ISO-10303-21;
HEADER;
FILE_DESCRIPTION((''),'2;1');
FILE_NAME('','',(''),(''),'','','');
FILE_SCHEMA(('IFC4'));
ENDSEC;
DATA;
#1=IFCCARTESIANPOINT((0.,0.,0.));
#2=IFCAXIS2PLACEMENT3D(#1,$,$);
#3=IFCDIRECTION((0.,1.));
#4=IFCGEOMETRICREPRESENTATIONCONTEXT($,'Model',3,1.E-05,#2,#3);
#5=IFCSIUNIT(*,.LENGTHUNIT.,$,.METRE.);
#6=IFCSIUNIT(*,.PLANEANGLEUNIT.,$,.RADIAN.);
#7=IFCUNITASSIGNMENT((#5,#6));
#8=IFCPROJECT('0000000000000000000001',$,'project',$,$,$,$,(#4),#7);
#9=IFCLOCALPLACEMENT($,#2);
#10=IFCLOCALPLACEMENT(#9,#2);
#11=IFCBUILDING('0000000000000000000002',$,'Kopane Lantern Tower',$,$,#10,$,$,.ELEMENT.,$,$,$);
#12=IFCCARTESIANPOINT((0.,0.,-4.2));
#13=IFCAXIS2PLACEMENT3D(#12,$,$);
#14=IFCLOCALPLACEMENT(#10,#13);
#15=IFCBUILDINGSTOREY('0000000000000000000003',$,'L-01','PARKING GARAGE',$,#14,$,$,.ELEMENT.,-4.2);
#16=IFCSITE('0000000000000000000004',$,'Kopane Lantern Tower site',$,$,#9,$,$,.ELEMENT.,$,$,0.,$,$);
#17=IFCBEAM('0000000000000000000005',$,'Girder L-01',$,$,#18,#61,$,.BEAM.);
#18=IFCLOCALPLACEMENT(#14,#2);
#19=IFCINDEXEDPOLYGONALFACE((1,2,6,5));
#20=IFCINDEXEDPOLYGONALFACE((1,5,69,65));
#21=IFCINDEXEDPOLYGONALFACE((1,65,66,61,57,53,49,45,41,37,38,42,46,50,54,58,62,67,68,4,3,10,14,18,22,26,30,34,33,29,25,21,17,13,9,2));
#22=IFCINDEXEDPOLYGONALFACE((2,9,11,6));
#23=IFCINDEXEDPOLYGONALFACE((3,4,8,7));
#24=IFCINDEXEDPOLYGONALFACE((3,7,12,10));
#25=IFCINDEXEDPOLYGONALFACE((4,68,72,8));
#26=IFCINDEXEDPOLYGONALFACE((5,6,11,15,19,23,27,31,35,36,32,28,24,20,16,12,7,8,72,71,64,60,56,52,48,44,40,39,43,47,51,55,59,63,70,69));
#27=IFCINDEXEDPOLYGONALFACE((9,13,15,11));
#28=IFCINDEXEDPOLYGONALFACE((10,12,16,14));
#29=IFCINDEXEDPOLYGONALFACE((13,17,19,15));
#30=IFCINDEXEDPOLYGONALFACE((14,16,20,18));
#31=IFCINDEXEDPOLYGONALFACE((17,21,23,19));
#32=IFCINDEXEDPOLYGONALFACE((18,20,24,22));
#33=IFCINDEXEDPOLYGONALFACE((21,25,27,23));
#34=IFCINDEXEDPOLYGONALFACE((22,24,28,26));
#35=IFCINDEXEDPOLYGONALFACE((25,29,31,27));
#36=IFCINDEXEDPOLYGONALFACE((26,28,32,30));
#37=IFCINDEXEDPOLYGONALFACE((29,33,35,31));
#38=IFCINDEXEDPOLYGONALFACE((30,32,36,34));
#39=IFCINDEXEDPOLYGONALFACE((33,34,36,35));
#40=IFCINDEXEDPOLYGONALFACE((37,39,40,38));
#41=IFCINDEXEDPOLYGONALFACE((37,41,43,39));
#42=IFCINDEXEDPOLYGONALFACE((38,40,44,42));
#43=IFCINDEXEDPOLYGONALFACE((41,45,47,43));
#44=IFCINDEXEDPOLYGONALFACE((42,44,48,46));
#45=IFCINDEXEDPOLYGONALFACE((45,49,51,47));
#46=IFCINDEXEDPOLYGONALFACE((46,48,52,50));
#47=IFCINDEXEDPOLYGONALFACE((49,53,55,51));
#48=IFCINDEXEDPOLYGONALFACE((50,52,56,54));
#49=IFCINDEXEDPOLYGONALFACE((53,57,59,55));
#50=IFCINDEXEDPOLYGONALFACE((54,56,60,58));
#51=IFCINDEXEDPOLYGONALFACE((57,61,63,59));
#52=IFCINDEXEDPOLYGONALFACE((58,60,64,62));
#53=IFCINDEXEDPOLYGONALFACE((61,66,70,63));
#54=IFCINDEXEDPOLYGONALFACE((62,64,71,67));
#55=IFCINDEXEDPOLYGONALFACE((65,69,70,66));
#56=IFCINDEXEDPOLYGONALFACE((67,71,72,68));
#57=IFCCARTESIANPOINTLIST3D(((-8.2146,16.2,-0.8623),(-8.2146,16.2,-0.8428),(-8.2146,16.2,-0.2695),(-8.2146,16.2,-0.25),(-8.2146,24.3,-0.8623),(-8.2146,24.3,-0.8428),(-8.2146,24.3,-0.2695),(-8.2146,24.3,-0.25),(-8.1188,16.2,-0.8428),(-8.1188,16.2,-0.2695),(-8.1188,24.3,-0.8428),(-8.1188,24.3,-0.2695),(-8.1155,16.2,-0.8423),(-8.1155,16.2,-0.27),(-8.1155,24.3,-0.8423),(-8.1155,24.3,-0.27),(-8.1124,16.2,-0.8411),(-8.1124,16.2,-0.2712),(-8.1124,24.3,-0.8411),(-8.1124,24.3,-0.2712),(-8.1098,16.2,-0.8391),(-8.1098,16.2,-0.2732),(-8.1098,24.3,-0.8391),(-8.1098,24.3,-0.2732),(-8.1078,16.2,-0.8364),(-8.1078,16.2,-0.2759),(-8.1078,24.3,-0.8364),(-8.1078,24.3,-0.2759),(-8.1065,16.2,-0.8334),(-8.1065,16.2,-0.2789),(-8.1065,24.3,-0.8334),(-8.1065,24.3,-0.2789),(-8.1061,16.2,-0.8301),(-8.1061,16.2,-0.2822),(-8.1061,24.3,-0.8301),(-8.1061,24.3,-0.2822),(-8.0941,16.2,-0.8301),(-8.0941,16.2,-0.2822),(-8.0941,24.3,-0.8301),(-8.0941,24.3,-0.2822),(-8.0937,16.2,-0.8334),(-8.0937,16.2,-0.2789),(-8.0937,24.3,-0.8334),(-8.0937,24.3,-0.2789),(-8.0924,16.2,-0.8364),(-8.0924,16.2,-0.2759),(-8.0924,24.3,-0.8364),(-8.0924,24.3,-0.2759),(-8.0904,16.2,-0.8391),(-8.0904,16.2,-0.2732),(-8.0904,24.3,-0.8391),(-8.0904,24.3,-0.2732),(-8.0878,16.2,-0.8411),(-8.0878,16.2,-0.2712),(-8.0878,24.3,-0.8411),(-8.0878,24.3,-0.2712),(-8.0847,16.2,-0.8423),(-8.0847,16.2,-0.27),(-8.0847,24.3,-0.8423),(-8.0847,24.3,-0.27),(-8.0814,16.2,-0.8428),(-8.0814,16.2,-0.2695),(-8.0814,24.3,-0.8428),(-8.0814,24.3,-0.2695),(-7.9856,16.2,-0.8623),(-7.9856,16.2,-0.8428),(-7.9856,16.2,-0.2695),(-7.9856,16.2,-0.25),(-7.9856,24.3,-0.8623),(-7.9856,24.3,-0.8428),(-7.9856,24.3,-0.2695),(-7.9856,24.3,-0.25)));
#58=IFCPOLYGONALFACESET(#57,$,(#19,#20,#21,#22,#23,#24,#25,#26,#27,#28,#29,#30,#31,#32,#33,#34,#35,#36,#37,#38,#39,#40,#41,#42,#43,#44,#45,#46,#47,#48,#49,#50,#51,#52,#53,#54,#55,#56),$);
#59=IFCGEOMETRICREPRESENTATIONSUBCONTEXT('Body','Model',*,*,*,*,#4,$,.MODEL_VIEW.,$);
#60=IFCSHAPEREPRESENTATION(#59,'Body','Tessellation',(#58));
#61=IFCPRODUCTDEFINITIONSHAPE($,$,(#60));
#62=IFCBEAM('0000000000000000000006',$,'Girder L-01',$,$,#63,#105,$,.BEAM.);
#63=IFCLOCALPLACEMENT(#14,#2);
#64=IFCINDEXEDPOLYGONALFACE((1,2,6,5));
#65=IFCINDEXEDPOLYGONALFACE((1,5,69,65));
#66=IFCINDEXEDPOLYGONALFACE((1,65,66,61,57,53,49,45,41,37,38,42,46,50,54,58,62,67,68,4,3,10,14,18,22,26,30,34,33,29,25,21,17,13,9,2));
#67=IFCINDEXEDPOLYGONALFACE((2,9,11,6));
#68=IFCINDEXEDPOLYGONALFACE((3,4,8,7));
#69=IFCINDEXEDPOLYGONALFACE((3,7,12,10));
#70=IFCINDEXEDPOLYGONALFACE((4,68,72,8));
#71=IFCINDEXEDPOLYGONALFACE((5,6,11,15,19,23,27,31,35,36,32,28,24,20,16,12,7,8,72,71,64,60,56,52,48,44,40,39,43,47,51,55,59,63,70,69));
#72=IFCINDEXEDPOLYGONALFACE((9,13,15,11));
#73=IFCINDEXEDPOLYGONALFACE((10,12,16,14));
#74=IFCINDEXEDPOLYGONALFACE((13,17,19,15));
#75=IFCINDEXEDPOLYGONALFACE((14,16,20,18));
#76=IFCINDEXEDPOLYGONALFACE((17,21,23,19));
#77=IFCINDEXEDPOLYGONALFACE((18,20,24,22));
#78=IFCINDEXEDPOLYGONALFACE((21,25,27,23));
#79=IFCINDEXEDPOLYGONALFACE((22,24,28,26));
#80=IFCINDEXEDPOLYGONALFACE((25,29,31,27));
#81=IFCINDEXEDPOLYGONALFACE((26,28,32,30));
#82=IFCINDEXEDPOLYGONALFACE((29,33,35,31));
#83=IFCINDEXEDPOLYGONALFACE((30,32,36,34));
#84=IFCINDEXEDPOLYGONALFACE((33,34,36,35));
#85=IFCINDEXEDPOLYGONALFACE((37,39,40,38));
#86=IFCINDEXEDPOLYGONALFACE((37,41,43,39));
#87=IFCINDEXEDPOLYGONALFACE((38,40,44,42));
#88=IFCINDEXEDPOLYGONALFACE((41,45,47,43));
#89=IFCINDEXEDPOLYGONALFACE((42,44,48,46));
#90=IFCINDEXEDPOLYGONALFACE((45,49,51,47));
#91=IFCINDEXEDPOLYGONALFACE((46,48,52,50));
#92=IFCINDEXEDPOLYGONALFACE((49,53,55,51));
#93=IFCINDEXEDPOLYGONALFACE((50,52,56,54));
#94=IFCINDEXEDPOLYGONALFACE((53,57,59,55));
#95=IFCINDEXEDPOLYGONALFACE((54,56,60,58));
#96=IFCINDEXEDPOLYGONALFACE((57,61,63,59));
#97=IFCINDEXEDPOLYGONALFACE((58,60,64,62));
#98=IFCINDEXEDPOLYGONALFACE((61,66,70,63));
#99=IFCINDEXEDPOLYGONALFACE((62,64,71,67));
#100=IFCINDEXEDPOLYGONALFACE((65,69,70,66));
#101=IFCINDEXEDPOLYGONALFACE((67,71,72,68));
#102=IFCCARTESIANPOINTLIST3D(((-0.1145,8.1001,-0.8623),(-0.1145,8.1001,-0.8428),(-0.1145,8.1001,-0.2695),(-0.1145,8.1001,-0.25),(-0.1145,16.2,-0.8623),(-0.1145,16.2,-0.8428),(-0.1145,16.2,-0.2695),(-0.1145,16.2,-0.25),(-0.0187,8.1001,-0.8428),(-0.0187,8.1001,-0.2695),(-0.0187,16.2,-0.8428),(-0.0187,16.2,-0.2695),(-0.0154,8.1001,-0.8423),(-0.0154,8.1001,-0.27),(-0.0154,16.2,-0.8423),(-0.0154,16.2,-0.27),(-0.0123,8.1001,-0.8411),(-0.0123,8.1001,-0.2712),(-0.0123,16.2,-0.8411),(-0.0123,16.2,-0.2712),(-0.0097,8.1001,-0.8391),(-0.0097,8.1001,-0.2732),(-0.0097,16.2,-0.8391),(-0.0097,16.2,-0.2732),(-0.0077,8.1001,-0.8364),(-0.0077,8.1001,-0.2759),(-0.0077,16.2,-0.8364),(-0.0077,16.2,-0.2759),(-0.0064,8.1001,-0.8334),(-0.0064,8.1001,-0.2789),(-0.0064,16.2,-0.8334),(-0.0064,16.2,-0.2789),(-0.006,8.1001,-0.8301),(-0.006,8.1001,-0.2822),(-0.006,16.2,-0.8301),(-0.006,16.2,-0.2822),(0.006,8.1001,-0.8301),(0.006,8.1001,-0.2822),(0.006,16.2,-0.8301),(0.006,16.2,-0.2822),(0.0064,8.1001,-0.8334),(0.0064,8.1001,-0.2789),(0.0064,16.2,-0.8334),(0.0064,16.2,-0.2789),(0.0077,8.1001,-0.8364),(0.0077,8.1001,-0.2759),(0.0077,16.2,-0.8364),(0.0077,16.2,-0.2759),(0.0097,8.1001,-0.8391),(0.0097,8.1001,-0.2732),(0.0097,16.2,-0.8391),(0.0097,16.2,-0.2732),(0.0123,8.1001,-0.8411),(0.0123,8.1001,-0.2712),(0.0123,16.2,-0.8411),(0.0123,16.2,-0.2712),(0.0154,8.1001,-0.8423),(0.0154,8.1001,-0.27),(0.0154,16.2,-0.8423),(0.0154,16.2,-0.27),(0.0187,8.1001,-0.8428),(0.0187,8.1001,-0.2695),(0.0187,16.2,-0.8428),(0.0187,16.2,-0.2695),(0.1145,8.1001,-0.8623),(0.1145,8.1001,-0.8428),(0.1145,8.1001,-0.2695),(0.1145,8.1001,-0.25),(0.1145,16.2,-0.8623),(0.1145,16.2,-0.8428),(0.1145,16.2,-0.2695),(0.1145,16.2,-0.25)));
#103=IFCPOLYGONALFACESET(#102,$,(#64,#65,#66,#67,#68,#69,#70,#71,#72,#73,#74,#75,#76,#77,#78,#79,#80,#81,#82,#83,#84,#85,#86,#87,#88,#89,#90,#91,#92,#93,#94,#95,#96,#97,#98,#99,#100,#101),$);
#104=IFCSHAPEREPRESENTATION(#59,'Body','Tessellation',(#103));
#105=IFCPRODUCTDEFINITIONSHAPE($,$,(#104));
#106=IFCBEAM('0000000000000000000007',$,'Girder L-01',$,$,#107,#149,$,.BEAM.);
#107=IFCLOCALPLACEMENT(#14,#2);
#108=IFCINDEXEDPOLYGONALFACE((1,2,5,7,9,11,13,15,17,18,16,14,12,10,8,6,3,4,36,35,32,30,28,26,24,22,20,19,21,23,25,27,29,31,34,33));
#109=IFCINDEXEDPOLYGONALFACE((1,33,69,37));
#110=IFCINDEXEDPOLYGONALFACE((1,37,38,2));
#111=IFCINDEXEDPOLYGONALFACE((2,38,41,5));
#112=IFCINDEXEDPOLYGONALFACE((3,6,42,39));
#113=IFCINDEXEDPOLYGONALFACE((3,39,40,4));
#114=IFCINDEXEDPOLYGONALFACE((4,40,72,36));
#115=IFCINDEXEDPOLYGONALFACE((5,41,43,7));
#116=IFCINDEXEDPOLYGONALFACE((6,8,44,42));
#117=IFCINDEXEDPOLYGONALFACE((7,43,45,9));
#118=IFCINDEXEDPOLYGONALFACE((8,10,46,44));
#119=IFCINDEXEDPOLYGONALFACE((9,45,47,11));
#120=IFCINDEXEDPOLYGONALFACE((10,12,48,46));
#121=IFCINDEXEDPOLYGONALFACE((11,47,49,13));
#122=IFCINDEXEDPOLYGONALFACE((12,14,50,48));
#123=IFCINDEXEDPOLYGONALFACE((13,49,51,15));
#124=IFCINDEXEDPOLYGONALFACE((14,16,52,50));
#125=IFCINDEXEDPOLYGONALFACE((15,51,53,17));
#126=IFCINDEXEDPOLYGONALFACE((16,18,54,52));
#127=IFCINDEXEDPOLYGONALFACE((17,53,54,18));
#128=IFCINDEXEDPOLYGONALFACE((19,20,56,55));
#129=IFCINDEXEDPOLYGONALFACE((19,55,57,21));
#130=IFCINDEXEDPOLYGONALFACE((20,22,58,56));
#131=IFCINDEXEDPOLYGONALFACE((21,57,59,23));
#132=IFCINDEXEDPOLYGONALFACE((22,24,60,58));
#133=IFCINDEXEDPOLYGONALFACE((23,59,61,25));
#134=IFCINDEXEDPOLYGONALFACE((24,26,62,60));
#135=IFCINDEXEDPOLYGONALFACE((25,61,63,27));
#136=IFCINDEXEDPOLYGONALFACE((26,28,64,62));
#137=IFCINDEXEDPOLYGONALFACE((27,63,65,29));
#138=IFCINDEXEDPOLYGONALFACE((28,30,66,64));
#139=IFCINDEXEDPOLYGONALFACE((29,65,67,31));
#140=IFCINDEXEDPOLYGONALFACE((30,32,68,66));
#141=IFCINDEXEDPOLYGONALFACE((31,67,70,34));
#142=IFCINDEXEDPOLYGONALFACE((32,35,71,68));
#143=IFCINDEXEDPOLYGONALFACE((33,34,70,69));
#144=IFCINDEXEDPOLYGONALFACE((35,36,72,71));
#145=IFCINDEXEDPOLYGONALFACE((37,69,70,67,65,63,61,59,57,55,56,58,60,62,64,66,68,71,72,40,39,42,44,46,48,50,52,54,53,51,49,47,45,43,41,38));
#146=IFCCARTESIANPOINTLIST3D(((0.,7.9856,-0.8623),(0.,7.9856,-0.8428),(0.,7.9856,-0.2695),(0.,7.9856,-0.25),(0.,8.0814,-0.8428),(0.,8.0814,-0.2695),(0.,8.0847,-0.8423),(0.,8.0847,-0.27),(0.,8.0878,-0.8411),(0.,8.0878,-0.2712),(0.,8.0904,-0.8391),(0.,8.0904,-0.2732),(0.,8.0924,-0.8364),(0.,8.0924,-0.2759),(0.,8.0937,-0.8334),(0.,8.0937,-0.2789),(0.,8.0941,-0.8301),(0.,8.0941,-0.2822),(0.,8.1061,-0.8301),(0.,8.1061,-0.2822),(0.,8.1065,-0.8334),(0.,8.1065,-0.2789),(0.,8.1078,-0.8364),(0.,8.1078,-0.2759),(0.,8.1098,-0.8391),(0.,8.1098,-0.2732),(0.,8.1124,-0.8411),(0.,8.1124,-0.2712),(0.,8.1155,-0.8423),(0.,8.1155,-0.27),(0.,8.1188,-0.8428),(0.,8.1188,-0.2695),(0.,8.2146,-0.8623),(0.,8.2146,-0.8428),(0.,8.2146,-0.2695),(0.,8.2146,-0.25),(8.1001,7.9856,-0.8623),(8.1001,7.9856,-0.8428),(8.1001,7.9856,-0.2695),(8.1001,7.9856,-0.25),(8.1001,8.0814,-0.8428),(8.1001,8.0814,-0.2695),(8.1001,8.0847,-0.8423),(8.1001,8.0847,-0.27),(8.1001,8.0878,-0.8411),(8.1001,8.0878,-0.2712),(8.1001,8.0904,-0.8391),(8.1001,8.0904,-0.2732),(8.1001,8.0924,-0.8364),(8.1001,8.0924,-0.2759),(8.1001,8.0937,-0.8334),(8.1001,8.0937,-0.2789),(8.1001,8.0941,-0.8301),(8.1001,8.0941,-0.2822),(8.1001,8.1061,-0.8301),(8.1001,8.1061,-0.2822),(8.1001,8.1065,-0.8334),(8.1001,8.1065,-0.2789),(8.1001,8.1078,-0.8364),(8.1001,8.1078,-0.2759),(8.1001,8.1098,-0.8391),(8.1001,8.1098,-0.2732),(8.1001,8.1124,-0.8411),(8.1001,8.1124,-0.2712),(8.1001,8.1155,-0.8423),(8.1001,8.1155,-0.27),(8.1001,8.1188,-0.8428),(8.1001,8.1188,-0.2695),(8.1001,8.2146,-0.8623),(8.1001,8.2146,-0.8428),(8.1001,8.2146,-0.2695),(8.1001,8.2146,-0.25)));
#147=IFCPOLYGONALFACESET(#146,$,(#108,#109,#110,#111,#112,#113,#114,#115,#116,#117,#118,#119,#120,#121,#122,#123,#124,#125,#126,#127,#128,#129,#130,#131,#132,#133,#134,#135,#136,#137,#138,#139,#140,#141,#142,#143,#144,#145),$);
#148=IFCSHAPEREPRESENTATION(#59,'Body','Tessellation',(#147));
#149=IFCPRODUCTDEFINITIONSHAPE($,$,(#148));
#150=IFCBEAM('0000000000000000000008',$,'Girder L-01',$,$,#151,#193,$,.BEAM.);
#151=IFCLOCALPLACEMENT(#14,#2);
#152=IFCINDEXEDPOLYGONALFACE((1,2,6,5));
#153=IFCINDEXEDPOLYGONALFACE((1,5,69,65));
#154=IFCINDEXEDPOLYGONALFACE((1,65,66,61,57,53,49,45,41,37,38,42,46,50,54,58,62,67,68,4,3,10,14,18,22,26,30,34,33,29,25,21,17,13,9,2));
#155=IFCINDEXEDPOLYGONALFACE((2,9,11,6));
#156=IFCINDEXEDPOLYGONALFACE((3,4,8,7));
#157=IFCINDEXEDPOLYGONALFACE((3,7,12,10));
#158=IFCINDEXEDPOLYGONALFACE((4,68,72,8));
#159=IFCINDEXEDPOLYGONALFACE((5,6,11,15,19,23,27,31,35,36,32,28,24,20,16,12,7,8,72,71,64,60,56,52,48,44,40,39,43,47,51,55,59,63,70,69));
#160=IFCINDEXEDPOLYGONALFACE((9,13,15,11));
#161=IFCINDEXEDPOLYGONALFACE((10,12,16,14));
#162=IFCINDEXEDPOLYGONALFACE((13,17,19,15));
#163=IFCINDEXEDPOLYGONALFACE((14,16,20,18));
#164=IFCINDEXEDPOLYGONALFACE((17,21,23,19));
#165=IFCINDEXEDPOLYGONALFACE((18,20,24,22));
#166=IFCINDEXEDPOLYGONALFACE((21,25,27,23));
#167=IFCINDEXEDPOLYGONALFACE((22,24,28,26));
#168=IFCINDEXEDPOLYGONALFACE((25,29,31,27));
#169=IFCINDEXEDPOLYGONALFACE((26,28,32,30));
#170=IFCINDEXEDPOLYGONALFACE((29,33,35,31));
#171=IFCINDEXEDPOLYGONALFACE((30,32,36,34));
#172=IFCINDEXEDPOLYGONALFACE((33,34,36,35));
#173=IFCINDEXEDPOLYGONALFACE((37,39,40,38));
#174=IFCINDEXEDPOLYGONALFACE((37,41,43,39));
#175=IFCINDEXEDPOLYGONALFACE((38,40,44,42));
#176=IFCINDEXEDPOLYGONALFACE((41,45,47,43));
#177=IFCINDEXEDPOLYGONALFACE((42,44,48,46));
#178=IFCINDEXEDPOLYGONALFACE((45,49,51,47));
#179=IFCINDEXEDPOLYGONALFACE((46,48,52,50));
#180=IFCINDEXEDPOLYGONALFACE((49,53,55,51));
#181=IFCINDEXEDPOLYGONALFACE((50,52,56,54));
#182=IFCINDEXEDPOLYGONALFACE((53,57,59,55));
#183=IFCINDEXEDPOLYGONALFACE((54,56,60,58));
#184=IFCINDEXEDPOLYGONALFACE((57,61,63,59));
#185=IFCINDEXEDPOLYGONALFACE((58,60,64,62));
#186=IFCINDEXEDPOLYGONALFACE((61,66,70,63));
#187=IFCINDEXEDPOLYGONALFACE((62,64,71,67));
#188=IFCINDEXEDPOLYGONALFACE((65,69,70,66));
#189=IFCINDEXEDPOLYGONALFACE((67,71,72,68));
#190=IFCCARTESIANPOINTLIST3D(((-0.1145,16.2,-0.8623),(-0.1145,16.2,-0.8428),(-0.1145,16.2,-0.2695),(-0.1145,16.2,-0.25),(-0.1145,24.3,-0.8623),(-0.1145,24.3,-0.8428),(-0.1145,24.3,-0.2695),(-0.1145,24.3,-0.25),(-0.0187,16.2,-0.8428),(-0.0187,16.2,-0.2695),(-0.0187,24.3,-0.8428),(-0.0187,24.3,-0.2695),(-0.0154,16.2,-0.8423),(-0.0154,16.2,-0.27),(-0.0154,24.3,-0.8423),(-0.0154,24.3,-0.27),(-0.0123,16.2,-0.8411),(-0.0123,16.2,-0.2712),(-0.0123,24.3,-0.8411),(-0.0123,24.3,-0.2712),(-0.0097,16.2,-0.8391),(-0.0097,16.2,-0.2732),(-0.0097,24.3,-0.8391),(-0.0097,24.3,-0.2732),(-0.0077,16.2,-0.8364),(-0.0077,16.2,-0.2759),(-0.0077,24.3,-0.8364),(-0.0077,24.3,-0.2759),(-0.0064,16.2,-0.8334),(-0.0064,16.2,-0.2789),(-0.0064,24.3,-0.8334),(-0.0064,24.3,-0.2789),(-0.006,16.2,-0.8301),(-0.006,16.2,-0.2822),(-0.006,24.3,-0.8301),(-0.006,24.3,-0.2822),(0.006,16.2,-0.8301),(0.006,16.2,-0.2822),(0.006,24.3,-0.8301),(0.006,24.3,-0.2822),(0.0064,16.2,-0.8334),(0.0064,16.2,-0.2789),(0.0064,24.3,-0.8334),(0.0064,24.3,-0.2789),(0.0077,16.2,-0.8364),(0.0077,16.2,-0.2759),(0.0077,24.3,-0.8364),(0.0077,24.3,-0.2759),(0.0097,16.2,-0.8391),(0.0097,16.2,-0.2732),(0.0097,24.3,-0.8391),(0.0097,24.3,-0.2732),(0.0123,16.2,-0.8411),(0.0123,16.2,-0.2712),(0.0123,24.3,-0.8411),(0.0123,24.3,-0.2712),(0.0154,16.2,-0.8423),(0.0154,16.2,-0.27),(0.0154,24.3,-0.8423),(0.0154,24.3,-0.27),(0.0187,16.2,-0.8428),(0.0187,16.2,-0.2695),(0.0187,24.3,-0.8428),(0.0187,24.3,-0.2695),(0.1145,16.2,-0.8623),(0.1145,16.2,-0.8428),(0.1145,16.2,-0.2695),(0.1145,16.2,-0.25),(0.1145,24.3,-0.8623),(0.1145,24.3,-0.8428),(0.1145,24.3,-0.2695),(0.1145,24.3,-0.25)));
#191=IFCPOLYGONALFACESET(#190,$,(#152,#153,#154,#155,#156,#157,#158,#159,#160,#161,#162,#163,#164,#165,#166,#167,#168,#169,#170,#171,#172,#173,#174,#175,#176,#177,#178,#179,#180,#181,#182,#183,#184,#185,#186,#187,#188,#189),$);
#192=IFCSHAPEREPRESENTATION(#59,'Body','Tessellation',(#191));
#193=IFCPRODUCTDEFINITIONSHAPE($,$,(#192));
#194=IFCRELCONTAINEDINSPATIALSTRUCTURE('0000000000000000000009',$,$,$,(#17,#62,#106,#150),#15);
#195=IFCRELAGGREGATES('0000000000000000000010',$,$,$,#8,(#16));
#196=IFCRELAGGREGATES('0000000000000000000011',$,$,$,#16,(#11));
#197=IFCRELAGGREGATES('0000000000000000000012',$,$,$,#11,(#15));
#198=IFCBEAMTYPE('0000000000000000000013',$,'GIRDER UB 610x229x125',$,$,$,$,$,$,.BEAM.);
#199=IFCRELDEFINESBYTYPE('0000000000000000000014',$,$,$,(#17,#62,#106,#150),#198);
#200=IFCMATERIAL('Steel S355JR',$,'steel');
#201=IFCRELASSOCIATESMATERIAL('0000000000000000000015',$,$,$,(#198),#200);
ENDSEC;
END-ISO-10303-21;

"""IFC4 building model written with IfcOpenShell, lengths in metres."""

from ifc_helpers import new_model, si_unit, direction, frame, origin, origin_2d, place, context, subcontext, project, spatial, i_section, extrude, material, material_profile, profile_set, type_object, element, save


model = new_model("IFC4")

# Units and contexts
model_context = context("Model", 3, precision=1e-05, world=origin(), true_north=direction((0.0, 1.0)))
body_context = subcontext(model_context, "Body", "Model", "MODEL_VIEW")
ifc_project = project(units=[si_unit("LENGTHUNIT", "METRE"), si_unit("PLANEANGLEUNIT", "RADIAN")], contexts=[model_context])

# Site, building, storey
site_placement = place(None, origin())
site = spatial("IfcSite", under=ifc_project, at=site_placement, Name="Kopane Lantern Tower site", CompositionType="ELEMENT", RefElevation=0.0)
building_placement = place(site_placement, origin())
building = spatial("IfcBuilding", under=site, at=building_placement, Name="Kopane Lantern Tower", CompositionType="ELEMENT")
storey_placement = place(building_placement, frame((0.0, 0.0, -4.2)))
storey = spatial("IfcBuildingStorey", under=building, at=storey_placement, Name="L-01", Description="PARKING GARAGE", CompositionType="ELEMENT", Elevation=-4.2)

# Beams
ifc_material_1 = material(Name="Steel S355JR", Category="steel")
ifc_material_profile_1 = material_profile(ifc_material_1, i_section(OverallWidth=0.229, OverallDepth=0.6123, WebThickness=0.012, FlangeThickness=0.0195, FilletRadius=0.0127, at=origin_2d()), Name="UB 610x229x125")
ifc_profile_set_1 = profile_set([ifc_material_profile_1], Name="Steel S355JR")
beam_type = type_object("IfcBeamType", Name="GIRDER UB 610x229x125", PredefinedType="BEAM", material=ifc_profile_set_1)
for number, where, z_axis, x_axis, name in (
    (1, (-8.1001, 16.2, -0.5562), (0.0, 1.0, 0.0), (-1.0, 0.0, 0.0), "Girder L-01"),
):
    element("IfcBeam", number, at=place(storey_placement, frame(where, z_axis=z_axis, x_axis=x_axis)), inside=storey, type_object=beam_type, Name=name, PredefinedType="BEAM", context=body_context, shape_type="SweptSolid", body=[
        extrude(i_section(OverallWidth=0.229, OverallDepth=0.6123, WebThickness=0.012, FlangeThickness=0.0195, FilletRadius=0.0127, at=origin_2d()), origin(), (0.0, 0.0, 1.0), 8.1001),
    ])
beam_1_placement = place(storey_placement, frame((0.0, 8.1001, -0.5562), z_axis=(0.0, 1.0, 0.0), x_axis=(-1.0, 0.0, 0.0)))
element("IfcBeam", 2, at=beam_1_placement, inside=storey, type_object=beam_type, Name="Girder L-01", PredefinedType="BEAM", context=body_context, shape_type="SweptSolid", body=[
    extrude(i_section(OverallWidth=0.229, OverallDepth=0.6123, WebThickness=0.012, FlangeThickness=0.0195, FilletRadius=0.0127, at=origin_2d()), origin(), (0.0, 0.0, 1.0), 8.0999),
])
for number, where, z_axis, x_axis, name in (
    (3, (0.0, 8.1001, -0.5562), (1.0, 0.0, 0.0), (0.0, 1.0, 0.0), "Girder L-01"),
    (4, (0.0, 16.2, -0.5562), (0.0, 1.0, 0.0), (-1.0, 0.0, 0.0), "Girder L-01"),
):
    element("IfcBeam", number, at=place(storey_placement, frame(where, z_axis=z_axis, x_axis=x_axis)), inside=storey, type_object=beam_type, Name=name, PredefinedType="BEAM", context=body_context, shape_type="SweptSolid", body=[
        extrude(i_section(OverallWidth=0.229, OverallDepth=0.6123, WebThickness=0.012, FlangeThickness=0.0195, FilletRadius=0.0127, at=origin_2d()), origin(), (0.0, 0.0, 1.0), 8.1001),
    ])

save(model, "model.ifc")
